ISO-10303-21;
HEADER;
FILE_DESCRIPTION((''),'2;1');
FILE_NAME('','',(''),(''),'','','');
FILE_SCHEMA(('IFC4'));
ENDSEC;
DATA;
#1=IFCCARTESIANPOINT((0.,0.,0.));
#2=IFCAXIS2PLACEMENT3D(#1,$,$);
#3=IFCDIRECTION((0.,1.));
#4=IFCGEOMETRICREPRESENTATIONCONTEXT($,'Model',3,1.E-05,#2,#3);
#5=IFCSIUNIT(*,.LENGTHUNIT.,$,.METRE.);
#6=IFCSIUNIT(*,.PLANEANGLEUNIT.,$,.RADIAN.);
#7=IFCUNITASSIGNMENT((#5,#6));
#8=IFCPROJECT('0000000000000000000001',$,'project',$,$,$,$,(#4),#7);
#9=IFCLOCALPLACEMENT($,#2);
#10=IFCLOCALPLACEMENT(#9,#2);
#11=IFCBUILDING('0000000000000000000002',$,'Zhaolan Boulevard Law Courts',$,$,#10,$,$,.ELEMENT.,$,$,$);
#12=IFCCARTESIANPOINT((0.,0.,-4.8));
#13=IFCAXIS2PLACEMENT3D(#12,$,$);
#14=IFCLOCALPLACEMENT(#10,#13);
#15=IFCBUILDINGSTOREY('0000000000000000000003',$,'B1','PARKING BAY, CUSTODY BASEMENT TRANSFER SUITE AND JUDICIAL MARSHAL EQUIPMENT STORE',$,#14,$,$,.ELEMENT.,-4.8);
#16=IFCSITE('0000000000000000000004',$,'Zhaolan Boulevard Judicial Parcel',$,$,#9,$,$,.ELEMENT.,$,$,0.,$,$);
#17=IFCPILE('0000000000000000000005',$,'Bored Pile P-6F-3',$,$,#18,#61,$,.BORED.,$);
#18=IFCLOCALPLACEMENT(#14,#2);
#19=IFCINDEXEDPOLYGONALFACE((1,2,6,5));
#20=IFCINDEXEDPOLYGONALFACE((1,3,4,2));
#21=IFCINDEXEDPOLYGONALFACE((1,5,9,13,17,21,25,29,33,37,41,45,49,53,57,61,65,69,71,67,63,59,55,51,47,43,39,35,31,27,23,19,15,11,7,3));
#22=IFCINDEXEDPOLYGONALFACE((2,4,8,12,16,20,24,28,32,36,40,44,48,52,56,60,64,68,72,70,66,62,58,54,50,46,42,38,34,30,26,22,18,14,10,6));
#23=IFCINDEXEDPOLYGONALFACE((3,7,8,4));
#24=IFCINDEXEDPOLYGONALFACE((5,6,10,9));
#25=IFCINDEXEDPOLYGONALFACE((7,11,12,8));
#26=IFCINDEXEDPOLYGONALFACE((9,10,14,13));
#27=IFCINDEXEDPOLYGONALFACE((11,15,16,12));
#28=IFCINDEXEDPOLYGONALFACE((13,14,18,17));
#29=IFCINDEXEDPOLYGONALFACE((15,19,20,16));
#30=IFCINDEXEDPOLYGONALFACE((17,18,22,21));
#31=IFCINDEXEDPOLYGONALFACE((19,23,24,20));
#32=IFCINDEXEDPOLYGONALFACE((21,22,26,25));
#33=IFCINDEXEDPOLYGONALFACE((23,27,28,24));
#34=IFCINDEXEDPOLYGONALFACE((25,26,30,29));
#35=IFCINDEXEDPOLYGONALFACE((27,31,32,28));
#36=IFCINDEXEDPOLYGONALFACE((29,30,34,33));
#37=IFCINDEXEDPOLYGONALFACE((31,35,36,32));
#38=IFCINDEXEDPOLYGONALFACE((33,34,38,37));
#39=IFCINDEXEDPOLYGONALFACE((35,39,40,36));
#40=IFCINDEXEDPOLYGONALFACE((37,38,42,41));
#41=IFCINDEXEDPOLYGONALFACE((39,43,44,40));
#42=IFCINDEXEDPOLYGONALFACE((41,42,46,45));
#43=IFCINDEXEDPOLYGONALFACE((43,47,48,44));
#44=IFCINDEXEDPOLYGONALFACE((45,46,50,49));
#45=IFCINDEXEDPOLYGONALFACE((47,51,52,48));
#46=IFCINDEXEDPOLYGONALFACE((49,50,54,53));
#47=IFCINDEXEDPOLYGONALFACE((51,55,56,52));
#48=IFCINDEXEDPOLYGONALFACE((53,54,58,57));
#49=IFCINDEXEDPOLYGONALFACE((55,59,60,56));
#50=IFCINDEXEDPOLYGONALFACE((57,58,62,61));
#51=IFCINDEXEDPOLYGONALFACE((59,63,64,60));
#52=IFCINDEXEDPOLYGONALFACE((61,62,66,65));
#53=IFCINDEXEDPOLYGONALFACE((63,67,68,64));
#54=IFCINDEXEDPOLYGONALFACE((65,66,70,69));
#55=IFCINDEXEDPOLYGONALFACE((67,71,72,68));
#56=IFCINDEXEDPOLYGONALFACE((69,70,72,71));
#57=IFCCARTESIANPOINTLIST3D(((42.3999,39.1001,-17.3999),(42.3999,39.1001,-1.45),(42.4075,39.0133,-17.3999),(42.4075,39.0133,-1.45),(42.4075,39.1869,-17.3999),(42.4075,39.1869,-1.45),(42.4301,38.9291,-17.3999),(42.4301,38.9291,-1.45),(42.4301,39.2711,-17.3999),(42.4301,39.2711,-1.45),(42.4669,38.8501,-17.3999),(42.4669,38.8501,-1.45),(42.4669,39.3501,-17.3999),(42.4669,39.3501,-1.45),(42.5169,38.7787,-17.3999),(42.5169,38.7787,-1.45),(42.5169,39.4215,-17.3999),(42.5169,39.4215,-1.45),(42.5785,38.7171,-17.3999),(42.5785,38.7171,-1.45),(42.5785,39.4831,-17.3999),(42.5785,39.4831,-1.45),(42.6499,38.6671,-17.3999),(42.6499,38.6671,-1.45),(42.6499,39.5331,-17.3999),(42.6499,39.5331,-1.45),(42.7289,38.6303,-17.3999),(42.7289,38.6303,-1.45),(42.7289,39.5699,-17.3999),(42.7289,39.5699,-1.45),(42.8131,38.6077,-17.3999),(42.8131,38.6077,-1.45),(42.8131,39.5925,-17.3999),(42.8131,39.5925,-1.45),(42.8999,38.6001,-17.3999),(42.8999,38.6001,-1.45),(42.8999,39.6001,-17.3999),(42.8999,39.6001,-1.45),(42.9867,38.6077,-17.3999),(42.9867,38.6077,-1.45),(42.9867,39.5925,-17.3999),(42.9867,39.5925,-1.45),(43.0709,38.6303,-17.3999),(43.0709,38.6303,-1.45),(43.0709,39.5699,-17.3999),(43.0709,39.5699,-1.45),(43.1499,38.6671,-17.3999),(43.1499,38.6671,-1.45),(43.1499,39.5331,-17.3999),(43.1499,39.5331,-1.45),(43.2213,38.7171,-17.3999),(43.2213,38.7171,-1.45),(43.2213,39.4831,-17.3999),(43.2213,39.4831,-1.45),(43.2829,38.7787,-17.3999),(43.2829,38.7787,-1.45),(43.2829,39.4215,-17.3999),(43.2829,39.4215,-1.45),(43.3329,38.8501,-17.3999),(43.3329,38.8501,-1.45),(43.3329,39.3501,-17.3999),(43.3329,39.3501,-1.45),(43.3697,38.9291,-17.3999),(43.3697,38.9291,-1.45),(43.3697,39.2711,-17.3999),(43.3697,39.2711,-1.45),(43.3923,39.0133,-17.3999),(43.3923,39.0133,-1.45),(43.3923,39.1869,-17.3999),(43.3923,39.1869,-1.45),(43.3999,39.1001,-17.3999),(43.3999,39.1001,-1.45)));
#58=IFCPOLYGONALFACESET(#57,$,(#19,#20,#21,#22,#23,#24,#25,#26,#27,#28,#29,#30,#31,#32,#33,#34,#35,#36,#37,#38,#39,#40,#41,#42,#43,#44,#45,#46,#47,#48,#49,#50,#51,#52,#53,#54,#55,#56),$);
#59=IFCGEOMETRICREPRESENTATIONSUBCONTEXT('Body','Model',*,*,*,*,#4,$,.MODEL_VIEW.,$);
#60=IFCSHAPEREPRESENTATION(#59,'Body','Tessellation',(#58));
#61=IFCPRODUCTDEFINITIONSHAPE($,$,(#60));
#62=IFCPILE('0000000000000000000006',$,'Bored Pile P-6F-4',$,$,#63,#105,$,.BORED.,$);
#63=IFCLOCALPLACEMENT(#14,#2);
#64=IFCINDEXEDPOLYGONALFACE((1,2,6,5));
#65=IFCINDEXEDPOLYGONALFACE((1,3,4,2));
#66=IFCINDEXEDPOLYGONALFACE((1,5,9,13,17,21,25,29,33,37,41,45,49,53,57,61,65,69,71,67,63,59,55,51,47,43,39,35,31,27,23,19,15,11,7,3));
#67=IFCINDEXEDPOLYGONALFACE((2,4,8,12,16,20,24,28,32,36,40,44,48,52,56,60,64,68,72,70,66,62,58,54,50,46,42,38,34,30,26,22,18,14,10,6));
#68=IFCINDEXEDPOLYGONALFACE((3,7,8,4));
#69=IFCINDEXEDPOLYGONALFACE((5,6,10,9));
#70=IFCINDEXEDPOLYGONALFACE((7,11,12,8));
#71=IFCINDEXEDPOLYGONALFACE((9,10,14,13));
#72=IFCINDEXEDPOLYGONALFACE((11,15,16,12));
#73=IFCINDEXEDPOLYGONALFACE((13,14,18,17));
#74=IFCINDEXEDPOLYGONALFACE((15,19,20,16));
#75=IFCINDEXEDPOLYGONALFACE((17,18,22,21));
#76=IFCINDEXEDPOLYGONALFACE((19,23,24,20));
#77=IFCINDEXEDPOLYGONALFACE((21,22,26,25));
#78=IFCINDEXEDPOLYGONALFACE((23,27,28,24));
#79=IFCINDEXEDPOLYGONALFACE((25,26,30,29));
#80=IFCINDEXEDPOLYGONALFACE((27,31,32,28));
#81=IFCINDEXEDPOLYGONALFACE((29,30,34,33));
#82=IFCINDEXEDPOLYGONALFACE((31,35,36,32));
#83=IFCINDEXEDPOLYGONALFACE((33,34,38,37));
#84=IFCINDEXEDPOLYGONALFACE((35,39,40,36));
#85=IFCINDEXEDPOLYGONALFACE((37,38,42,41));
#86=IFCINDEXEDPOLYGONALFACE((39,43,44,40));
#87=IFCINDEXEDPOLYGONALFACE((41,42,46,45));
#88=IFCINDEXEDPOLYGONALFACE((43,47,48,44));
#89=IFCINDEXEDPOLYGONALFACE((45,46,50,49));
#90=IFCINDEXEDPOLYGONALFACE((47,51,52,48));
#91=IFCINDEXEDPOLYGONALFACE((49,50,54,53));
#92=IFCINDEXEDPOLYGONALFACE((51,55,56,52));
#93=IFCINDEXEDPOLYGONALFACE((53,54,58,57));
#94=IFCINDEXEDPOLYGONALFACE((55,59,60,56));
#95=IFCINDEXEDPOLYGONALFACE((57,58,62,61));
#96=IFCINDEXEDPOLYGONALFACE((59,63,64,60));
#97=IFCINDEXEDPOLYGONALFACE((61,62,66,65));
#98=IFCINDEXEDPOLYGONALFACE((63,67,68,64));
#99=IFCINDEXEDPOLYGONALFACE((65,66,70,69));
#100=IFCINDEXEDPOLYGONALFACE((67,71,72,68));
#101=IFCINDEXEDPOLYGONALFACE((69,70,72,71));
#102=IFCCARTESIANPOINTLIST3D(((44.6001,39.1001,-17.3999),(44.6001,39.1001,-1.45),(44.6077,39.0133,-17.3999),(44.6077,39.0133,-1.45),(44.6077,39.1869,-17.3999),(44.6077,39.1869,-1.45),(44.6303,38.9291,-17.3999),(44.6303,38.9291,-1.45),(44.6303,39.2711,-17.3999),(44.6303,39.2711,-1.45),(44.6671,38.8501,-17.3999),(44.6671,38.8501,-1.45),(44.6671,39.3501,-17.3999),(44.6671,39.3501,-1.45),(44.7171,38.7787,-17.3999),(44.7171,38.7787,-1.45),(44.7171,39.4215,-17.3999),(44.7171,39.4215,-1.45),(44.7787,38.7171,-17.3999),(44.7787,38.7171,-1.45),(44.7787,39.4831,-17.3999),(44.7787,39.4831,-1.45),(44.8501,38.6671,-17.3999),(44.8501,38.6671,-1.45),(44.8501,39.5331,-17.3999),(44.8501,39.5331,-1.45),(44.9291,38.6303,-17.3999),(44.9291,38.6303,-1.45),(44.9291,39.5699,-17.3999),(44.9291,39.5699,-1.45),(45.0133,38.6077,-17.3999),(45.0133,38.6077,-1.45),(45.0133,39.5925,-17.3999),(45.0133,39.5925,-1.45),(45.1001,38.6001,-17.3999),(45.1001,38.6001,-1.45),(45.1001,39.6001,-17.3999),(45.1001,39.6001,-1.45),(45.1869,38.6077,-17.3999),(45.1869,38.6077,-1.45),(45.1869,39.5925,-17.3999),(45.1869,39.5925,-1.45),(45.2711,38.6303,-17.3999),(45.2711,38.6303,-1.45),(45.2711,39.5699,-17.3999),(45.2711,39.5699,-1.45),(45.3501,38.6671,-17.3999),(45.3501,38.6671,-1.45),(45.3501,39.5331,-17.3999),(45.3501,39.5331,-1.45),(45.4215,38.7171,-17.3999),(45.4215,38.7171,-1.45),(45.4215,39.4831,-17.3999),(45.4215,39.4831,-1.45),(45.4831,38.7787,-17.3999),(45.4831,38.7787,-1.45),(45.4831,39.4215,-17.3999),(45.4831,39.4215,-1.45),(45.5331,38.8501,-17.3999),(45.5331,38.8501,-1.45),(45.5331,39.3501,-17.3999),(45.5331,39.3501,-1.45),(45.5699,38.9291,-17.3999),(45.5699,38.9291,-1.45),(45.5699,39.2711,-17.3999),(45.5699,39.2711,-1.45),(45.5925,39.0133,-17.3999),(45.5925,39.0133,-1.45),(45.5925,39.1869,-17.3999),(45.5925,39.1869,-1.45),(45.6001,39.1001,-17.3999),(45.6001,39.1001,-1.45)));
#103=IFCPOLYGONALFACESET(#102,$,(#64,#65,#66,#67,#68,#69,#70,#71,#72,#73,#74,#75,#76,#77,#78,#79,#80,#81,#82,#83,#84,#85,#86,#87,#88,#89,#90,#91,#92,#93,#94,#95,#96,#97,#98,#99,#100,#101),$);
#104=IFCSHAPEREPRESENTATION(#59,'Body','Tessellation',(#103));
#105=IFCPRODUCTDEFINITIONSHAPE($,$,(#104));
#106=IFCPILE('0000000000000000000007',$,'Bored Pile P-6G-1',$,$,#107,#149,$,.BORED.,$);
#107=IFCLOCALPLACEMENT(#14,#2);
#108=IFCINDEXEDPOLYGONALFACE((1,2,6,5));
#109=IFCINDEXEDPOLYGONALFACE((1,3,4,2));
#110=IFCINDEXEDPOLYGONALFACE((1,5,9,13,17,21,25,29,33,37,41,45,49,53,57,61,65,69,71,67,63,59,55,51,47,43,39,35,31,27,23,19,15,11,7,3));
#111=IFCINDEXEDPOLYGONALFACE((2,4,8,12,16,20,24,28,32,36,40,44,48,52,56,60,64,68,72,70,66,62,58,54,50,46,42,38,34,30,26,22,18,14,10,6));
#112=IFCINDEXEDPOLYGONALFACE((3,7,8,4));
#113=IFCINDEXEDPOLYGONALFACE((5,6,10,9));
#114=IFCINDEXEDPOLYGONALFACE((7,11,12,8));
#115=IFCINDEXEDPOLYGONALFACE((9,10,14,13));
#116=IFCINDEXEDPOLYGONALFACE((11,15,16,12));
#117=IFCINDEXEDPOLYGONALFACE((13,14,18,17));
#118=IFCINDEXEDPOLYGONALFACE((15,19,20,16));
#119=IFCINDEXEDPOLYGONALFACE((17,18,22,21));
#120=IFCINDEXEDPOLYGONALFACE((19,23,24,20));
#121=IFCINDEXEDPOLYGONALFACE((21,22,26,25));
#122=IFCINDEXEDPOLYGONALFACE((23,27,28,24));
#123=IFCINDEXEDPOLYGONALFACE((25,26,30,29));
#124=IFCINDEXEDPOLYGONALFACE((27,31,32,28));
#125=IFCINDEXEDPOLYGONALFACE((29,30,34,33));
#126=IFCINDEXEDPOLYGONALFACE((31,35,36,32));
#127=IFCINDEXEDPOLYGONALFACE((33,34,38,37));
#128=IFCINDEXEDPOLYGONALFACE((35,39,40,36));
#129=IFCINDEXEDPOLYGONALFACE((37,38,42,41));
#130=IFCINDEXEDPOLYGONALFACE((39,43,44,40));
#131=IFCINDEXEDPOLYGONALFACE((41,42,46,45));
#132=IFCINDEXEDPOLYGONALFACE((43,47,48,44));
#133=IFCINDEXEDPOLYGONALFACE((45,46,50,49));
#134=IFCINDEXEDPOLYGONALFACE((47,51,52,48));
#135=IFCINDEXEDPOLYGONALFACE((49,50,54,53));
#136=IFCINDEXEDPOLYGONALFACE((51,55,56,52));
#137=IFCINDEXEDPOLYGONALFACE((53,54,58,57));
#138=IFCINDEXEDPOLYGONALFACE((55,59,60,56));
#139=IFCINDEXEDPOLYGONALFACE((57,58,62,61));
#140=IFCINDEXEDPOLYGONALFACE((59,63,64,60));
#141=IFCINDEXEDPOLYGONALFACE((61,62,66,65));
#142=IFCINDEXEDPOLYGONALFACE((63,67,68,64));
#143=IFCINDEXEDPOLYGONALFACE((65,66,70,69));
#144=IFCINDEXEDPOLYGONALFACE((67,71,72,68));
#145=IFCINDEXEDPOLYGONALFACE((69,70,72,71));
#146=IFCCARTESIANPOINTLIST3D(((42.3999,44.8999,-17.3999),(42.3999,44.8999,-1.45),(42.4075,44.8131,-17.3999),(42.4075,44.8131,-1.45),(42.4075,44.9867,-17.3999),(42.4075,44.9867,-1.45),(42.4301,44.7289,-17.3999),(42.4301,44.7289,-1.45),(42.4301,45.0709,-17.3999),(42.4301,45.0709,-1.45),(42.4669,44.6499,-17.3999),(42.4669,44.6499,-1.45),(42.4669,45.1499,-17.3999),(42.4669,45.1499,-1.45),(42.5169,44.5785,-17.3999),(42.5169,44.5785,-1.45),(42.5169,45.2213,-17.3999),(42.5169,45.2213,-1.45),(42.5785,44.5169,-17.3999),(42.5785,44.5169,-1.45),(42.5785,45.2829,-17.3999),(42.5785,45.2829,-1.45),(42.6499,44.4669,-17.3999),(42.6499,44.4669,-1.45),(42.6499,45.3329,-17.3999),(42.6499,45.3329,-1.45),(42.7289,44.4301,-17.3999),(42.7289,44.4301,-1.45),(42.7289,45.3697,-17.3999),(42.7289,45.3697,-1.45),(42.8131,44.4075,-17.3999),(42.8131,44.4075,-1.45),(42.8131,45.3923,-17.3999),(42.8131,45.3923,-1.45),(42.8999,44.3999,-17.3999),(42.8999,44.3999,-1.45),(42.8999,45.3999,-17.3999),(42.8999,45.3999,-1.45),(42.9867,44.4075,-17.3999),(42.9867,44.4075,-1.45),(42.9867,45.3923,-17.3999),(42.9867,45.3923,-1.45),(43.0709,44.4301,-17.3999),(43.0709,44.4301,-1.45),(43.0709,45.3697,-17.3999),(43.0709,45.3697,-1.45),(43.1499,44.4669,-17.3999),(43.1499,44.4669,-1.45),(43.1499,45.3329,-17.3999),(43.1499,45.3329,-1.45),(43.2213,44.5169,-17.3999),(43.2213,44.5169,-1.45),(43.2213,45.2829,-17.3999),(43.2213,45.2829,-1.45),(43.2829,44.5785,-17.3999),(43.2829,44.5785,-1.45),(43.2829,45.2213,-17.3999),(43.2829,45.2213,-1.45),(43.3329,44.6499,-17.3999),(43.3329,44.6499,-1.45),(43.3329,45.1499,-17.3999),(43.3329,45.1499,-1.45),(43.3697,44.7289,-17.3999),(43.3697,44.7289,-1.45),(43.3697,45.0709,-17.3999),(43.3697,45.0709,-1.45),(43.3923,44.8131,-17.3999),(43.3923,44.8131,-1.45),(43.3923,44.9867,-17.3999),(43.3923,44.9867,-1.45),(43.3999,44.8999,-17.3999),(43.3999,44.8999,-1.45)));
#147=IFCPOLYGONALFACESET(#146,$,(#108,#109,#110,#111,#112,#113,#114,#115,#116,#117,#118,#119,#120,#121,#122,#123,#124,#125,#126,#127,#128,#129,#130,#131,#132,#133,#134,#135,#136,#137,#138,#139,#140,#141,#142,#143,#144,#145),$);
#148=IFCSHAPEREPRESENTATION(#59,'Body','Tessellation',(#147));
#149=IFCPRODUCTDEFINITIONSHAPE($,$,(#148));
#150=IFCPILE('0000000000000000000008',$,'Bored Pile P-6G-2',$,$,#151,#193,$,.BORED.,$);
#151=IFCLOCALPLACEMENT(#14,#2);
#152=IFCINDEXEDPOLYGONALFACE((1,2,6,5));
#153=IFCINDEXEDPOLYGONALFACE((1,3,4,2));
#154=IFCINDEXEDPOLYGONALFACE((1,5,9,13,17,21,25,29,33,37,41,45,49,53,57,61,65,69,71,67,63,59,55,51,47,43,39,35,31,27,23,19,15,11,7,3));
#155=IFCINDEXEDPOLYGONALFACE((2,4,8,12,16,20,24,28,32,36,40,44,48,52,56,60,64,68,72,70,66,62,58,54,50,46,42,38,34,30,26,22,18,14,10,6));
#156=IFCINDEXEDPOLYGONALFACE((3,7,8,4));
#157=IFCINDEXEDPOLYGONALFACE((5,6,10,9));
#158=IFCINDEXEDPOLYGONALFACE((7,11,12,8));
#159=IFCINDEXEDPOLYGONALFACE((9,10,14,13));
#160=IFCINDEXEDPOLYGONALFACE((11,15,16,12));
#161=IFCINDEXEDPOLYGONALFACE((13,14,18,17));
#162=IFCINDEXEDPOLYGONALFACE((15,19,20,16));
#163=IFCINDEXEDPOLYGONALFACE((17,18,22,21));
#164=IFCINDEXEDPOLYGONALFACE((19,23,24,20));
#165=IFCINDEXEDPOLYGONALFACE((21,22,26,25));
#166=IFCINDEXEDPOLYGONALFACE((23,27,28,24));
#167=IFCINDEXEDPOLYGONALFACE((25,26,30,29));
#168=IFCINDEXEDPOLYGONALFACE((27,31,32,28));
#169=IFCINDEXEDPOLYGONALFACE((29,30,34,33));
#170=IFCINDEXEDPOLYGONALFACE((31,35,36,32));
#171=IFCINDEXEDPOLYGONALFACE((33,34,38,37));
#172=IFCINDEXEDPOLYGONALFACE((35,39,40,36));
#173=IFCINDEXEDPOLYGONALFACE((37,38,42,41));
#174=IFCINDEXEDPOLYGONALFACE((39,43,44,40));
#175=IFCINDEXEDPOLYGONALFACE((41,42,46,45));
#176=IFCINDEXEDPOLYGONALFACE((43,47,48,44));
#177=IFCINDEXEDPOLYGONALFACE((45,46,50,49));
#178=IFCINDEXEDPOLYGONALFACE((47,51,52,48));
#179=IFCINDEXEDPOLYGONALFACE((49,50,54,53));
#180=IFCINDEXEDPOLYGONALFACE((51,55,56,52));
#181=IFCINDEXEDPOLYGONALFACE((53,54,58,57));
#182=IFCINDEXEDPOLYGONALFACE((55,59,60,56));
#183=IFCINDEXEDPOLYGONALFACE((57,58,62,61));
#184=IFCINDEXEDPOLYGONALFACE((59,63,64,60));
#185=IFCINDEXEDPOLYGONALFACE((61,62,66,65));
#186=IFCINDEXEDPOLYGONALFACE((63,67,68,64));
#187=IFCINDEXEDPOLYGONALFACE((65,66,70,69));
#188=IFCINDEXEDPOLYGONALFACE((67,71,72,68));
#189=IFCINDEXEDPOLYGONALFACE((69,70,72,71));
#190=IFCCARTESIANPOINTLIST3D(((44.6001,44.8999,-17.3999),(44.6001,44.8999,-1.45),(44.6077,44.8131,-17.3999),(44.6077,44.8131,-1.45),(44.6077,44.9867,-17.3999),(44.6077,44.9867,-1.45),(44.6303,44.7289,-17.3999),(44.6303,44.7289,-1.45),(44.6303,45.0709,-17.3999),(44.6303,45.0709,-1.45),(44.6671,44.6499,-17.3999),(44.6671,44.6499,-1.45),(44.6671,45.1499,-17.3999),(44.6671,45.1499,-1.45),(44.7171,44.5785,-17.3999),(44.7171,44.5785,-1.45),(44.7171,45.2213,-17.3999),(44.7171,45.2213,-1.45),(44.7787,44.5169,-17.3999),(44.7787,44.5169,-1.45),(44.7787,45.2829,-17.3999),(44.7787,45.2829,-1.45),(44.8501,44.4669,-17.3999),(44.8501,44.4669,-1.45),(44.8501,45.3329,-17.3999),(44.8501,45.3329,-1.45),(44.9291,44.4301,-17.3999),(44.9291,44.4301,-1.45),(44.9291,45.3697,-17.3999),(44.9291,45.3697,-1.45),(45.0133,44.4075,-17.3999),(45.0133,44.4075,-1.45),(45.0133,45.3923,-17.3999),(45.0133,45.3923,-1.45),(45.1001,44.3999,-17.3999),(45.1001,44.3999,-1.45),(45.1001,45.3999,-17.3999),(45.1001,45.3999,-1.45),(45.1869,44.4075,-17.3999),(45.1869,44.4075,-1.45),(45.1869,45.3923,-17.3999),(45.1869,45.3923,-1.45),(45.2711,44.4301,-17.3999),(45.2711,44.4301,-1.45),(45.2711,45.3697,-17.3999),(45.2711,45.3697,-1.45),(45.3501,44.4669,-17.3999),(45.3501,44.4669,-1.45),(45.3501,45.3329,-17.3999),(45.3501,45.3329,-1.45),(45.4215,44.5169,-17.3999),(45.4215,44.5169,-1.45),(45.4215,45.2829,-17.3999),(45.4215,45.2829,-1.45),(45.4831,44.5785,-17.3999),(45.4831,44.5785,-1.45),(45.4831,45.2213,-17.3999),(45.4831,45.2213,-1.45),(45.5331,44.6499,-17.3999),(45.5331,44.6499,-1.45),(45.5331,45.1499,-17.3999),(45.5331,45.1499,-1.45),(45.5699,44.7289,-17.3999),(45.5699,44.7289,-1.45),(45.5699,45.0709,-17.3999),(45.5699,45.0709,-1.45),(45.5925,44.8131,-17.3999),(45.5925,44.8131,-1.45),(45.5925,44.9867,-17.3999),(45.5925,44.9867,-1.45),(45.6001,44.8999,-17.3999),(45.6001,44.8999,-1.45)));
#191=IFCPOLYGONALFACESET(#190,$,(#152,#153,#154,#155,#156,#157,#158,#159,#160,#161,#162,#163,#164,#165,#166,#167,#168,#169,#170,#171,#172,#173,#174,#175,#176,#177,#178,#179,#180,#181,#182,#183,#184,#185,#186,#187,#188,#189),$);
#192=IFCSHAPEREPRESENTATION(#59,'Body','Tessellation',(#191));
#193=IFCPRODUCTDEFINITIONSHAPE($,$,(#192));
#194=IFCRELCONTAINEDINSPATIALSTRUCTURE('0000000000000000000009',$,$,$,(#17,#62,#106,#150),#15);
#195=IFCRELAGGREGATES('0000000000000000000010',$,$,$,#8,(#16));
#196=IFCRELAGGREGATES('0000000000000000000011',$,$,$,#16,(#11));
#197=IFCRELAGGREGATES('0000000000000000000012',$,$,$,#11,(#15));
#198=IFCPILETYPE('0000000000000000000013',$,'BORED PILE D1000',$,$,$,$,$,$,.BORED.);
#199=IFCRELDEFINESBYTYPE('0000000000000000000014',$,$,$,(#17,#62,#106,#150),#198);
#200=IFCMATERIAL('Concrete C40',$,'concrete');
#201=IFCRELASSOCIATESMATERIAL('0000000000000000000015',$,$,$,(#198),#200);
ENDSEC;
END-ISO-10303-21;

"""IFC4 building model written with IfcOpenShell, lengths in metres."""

from ifc_helpers import new_model, si_unit, direction, frame, origin, origin_2d, place, context, subcontext, project, spatial, circle, extrude, material, material_profile, profile_set, type_object, element, save


model = new_model("IFC4")

# Units and contexts
model_context = context("Model", 3, precision=1e-05, world=origin(), true_north=direction((0.0, 1.0)))
body_context = subcontext(model_context, "Body", "Model", "MODEL_VIEW")
ifc_project = project(units=[si_unit("LENGTHUNIT", "METRE"), si_unit("PLANEANGLEUNIT", "RADIAN")], contexts=[model_context])

# Site, building, storey
site_placement = place(None, origin())
site = spatial("IfcSite", under=ifc_project, at=site_placement, Name="Zhaolan Boulevard Judicial Parcel", CompositionType="ELEMENT", RefElevation=0.0)
building_placement = place(site_placement, origin())
building = spatial("IfcBuilding", under=site, at=building_placement, Name="Zhaolan Boulevard Law Courts", CompositionType="ELEMENT")
storey_placement = place(building_placement, frame((0.0, 0.0, -4.8)))
storey = spatial("IfcBuildingStorey", under=building, at=storey_placement, Name="B1", Description="PARKING BAY, CUSTODY BASEMENT TRANSFER SUITE AND JUDICIAL MARSHAL EQUIPMENT STORE", CompositionType="ELEMENT", Elevation=-4.8)

# Piles
ifc_material_1 = material(Name="Concrete C40", Category="concrete")
ifc_material_profile_1 = material_profile(ifc_material_1, circle(Radius=0.5, at=origin_2d()), Name="PILE-D1000")
ifc_profile_set_1 = profile_set([ifc_material_profile_1], Name="Concrete C40")
pile_type_1 = type_object("IfcPileType", Name="BORED PILE D1000", PredefinedType="BORED", material=ifc_profile_set_1)
for number, where, z_axis, x_axis, name in (
    (1, (42.8999, 39.1001, -1.45), (0.0, 0.0, -1.0), (1.0, 0.0, 0.0), "Bored Pile P-6F-3"),
    (2, (45.1001, 39.1001, -1.45), (0.0, 0.0, -1.0), (1.0, 0.0, 0.0), "Bored Pile P-6F-4"),
    (3, (42.8999, 44.8999, -1.45), (0.0, 0.0, -1.0), (1.0, 0.0, 0.0), "Bored Pile P-6G-1"),
    (4, (45.1001, 44.8999, -1.45), (0.0, 0.0, -1.0), (1.0, 0.0, 0.0), "Bored Pile P-6G-2"),
):
    element("IfcPile", number, at=place(storey_placement, frame(where, z_axis=z_axis, x_axis=x_axis)), inside=storey, type_object=pile_type_1, Name=name, PredefinedType="BORED", context=body_context, shape_type="SweptSolid", body=[
        extrude(circle(Radius=0.5, at=origin_2d()), origin(), (0.0, 0.0, 1.0), 15.95),
    ])

save(model, "model.ifc")
